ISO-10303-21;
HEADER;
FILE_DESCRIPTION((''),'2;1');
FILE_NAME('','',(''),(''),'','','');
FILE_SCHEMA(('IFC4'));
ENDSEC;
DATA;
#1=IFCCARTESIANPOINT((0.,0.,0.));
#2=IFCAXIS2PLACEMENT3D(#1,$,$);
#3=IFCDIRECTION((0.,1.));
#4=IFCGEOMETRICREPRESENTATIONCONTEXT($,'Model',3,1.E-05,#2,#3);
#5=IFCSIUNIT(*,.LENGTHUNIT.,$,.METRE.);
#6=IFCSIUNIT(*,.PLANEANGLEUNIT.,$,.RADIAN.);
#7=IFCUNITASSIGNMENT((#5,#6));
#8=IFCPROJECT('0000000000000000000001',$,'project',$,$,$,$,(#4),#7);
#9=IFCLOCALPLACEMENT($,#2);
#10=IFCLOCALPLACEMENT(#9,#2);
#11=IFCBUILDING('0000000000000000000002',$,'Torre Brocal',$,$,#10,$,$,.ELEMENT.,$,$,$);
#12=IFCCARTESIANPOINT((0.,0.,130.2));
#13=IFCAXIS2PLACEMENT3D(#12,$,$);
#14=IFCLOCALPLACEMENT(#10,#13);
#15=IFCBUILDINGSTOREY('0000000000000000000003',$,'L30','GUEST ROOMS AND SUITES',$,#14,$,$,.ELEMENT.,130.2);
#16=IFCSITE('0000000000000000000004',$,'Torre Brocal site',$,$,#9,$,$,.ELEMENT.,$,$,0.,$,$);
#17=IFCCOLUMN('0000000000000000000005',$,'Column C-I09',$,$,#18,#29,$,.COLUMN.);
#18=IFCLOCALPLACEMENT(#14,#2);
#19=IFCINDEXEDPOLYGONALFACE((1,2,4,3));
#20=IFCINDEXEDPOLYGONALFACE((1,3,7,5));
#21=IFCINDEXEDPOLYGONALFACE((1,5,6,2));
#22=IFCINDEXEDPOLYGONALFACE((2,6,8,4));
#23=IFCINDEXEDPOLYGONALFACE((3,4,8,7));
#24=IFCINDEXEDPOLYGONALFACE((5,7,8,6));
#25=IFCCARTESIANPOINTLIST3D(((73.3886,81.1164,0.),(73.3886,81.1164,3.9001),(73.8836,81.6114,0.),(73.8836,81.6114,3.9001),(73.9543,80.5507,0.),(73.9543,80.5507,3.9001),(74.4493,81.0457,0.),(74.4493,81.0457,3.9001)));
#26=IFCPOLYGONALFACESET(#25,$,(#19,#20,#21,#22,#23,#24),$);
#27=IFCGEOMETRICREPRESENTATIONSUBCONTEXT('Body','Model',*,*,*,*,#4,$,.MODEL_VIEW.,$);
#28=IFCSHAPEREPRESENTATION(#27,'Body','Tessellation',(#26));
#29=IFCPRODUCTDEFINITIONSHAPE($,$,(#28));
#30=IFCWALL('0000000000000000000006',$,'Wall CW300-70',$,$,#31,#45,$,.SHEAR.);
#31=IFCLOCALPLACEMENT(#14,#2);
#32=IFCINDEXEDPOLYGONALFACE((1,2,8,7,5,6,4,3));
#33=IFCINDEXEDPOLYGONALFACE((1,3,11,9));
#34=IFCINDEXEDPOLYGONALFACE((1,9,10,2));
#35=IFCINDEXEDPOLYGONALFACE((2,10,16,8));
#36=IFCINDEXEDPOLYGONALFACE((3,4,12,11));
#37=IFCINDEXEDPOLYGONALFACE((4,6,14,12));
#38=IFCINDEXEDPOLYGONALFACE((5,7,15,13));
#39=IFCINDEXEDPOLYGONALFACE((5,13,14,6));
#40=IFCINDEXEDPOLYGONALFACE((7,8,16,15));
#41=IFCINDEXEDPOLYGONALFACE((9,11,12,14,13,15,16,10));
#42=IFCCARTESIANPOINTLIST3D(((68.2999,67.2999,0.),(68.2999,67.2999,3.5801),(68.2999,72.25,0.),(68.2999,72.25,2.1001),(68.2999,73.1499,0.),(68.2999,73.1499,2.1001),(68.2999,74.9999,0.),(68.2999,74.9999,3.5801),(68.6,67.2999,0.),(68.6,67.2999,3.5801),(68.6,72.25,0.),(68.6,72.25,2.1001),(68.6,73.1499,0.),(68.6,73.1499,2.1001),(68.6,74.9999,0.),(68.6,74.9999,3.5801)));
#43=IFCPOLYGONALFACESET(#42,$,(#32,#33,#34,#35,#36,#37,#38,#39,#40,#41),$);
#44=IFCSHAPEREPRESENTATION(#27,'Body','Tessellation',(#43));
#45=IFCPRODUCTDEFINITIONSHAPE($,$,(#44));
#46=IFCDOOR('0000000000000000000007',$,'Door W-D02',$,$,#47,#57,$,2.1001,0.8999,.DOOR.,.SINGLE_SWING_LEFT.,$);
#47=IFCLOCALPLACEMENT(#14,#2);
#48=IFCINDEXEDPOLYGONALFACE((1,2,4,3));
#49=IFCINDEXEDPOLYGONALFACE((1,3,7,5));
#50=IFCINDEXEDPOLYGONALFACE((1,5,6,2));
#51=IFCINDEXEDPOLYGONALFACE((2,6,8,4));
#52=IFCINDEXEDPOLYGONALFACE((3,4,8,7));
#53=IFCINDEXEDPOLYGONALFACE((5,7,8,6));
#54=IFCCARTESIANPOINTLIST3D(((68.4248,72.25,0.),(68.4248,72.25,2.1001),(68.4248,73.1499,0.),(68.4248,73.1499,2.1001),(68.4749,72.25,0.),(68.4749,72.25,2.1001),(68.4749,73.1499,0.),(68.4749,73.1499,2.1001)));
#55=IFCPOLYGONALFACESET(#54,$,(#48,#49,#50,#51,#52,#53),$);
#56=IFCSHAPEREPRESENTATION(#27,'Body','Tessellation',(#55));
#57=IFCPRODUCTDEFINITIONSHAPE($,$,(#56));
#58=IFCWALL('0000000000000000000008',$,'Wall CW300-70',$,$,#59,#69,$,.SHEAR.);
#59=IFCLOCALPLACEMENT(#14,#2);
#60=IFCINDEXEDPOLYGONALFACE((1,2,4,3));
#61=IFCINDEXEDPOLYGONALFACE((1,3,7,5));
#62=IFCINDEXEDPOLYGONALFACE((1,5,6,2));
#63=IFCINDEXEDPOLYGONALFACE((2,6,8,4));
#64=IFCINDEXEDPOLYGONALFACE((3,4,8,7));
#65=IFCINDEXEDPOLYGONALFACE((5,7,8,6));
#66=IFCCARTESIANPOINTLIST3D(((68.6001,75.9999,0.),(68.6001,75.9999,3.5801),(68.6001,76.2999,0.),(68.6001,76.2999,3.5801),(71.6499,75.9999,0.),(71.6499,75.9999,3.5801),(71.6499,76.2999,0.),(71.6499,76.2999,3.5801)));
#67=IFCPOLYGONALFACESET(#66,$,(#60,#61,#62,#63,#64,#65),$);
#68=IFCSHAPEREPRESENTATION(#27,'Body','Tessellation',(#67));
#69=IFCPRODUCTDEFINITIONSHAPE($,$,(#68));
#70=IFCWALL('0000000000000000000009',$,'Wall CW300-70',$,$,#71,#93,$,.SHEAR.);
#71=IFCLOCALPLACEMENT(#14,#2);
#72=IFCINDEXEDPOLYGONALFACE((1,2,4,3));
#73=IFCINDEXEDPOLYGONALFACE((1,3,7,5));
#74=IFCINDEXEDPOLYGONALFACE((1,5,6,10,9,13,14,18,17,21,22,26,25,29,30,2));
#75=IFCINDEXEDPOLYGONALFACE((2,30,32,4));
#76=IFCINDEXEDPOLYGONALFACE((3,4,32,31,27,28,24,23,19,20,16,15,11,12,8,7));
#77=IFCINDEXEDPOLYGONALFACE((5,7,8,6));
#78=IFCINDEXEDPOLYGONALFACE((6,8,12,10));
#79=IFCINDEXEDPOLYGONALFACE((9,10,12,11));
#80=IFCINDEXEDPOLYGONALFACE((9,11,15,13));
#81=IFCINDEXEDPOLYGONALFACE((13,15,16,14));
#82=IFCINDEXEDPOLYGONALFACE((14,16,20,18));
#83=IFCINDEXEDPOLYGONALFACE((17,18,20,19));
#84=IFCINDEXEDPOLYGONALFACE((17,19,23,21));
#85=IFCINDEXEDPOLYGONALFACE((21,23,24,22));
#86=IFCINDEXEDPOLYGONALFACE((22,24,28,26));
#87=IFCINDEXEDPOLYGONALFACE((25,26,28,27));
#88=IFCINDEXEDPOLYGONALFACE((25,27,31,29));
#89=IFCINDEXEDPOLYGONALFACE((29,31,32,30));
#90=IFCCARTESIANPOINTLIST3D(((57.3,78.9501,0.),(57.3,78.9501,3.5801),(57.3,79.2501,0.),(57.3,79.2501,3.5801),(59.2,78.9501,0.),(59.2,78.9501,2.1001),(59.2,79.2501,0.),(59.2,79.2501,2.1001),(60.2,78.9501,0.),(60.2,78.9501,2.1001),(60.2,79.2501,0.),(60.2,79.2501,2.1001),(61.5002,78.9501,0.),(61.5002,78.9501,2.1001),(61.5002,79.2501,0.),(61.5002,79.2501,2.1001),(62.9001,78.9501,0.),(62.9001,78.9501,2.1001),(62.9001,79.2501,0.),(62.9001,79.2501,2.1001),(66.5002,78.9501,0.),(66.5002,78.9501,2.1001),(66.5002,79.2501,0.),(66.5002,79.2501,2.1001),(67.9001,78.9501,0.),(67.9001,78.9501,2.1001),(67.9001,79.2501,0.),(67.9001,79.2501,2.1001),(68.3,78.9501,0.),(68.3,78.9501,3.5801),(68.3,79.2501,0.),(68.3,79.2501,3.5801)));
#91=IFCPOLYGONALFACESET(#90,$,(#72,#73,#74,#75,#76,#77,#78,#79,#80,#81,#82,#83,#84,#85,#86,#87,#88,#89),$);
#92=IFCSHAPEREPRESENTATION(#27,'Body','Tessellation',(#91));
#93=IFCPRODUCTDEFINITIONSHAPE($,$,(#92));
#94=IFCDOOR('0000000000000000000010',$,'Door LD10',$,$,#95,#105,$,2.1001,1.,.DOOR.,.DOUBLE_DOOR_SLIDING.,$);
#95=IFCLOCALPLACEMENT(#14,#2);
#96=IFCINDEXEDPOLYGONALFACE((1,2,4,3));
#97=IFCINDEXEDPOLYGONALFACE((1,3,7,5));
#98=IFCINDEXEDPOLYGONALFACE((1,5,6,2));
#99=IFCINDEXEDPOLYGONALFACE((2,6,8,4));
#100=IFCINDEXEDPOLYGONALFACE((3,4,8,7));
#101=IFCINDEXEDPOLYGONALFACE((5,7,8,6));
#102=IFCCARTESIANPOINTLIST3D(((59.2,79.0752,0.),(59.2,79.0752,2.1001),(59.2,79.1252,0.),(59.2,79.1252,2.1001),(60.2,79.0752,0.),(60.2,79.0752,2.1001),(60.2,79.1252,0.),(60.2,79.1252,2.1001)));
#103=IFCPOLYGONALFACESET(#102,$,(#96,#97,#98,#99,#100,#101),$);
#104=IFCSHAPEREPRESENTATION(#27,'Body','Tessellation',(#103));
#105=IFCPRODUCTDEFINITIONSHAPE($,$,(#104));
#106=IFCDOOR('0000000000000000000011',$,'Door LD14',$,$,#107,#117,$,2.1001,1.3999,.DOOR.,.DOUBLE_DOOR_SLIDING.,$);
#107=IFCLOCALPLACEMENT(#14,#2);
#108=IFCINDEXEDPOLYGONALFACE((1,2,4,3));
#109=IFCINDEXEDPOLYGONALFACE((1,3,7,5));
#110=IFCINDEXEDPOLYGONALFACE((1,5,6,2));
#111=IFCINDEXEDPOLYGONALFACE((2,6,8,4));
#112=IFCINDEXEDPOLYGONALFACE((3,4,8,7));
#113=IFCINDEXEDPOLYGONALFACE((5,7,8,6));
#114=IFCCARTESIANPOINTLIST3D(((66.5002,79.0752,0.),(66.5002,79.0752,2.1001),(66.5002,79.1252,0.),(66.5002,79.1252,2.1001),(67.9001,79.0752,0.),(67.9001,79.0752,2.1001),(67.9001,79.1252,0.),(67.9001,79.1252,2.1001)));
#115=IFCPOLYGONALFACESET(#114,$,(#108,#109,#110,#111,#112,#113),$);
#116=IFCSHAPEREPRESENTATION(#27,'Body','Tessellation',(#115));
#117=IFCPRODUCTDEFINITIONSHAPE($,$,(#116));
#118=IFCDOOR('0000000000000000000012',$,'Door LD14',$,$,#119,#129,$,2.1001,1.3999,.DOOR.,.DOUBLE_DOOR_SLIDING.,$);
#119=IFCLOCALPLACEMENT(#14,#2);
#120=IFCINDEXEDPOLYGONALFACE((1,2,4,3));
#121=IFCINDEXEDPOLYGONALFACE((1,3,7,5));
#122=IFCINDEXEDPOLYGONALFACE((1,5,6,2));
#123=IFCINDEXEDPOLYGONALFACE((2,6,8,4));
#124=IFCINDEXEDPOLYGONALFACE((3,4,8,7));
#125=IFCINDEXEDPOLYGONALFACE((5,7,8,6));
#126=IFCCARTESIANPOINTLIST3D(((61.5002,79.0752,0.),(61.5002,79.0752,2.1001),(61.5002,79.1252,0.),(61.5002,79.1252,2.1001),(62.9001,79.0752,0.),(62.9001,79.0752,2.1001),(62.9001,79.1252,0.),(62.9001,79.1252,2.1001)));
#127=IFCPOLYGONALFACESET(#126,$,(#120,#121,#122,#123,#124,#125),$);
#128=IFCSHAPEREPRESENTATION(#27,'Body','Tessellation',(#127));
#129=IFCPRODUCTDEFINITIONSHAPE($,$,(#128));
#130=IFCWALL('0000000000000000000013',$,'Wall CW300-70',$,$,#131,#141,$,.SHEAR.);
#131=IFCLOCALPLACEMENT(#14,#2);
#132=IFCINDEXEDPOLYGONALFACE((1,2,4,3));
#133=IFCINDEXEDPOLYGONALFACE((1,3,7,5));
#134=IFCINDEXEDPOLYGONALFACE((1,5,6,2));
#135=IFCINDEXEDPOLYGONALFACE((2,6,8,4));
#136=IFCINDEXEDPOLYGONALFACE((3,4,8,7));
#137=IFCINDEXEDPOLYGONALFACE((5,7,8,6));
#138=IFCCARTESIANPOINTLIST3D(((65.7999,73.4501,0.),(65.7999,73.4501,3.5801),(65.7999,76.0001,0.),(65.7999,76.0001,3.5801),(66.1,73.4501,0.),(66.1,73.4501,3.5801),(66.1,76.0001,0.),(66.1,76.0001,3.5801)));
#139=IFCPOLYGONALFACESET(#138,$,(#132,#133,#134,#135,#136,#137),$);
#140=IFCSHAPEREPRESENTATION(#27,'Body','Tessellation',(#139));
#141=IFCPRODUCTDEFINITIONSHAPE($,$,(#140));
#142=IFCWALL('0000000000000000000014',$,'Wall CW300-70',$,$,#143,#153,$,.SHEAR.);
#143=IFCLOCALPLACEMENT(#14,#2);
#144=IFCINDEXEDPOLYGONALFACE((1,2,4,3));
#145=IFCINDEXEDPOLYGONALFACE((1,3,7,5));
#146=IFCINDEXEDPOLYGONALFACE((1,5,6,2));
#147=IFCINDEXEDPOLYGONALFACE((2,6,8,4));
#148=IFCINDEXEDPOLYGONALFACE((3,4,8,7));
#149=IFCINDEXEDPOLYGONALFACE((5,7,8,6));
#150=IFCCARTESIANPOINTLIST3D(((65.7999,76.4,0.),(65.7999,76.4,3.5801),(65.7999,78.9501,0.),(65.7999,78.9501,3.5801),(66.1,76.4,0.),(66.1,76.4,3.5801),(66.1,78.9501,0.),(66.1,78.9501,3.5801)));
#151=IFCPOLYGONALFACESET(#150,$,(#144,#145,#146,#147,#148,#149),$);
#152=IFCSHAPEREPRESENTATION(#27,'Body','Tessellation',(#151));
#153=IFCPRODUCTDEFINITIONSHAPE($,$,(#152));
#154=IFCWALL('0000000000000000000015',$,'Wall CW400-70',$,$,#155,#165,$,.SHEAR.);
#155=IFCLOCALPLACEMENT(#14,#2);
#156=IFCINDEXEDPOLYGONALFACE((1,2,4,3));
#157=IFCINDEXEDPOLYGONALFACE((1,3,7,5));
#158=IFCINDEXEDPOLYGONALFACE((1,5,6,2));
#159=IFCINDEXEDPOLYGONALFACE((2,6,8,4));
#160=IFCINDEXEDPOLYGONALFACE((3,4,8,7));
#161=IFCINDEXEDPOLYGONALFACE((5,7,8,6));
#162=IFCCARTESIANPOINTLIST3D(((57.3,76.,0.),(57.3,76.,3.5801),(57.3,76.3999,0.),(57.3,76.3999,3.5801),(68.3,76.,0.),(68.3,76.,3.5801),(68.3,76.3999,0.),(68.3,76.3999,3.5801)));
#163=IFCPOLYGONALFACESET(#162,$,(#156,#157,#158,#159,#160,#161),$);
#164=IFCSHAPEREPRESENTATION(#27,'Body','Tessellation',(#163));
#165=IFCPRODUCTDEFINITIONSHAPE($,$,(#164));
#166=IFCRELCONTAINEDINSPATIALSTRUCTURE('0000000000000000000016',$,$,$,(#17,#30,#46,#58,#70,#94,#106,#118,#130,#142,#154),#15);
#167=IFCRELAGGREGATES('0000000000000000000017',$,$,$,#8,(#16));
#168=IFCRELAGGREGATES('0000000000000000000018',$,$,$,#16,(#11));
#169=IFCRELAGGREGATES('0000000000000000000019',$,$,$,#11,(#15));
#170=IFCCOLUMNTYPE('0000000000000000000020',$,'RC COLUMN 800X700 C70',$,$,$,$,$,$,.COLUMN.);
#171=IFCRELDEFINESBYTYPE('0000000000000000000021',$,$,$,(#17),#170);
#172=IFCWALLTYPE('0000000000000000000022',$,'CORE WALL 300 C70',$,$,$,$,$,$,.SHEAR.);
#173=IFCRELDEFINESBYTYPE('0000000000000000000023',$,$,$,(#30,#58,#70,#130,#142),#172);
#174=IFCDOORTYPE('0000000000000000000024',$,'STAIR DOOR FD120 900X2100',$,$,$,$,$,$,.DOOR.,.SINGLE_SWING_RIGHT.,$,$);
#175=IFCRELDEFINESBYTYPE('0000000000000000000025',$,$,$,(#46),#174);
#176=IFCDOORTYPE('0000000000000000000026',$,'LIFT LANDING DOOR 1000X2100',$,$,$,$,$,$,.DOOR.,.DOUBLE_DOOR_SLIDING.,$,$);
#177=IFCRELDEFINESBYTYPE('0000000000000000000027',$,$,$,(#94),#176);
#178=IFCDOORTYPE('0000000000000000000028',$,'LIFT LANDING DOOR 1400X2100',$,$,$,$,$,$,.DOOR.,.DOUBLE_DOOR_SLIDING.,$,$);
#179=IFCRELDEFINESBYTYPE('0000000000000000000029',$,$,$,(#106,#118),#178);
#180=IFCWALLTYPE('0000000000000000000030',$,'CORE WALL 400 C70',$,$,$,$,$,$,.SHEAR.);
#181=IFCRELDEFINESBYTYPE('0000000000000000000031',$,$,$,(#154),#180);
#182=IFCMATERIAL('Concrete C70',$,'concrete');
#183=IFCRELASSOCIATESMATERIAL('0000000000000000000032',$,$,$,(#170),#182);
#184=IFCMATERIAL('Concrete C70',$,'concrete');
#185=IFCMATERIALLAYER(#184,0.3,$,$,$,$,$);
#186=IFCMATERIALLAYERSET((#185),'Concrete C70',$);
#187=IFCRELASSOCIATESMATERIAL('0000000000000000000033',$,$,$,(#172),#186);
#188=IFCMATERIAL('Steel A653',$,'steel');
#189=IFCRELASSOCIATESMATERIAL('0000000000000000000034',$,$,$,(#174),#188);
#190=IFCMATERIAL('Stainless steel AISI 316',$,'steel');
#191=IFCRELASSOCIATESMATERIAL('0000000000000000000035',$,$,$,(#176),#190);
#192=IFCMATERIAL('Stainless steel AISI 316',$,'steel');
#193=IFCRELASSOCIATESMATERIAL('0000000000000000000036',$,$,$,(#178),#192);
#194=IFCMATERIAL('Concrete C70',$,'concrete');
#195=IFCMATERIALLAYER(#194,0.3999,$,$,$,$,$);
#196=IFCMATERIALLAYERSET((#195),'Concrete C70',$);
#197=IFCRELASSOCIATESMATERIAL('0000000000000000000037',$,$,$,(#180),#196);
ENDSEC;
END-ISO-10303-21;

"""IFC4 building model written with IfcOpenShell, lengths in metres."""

from ifc_helpers import new_model, si_unit, direction, frame, frame_2d, origin, origin_2d, place, context, subcontext, project, spatial, rectangle, extrude, material, layer, layer_set, material_profile, profile_set, type_object, element, fill, save


model = new_model("IFC4")

# Units and contexts
model_context = context("Model", 3, precision=1e-05, world=origin(), true_north=direction((0.0, 1.0)))
body_context = subcontext(model_context, "Body", "Model", "MODEL_VIEW")
ifc_project = project(units=[si_unit("LENGTHUNIT", "METRE"), si_unit("PLANEANGLEUNIT", "RADIAN")], contexts=[model_context])

# Site, building, storey
site_placement = place(None, origin())
site = spatial("IfcSite", under=ifc_project, at=site_placement, Name="Torre Brocal site", CompositionType="ELEMENT", RefElevation=0.0)
building_placement = place(site_placement, origin())
building = spatial("IfcBuilding", under=site, at=building_placement, Name="Torre Brocal", CompositionType="ELEMENT")
storey_placement = place(building_placement, frame((0.0, 0.0, 130.2)))
storey = spatial("IfcBuildingStorey", under=building, at=storey_placement, Name="L30", Description="GUEST ROOMS AND SUITES", CompositionType="ELEMENT", Elevation=130.2)

# Column
ifc_material_1 = material(Name="Concrete C70", Category="concrete")
ifc_material_profile = material_profile(ifc_material_1, rectangle(XDim=0.8, YDim=0.7, at=origin_2d()), Name="RC 800X700")
ifc_profile_set = profile_set([ifc_material_profile], Name="Concrete C70")
column_type = type_object("IfcColumnType", Name="RC COLUMN 800X700 C70", PredefinedType="COLUMN", material=ifc_profile_set)
column_placement = place(storey_placement, frame((73.9189, 81.0811, 0.0), z_axis=(0.0, 0.0, 1.0), x_axis=(-0.707107, 0.707107, 0.0)))
element("IfcColumn", 1, at=column_placement, inside=storey, type_object=column_type, Name="Column C-I09", PredefinedType="COLUMN", context=body_context, shape_type="SweptSolid", body=[
    extrude(rectangle(XDim=0.8, YDim=0.7, at=origin_2d()), origin(), (0.0, 0.0, 1.0), 3.9001),
])

# Wall, opening, door
ifc_material_2 = material(Name="Concrete C70", Category="concrete")
ifc_layer_1 = layer(ifc_material_2, 0.3)
ifc_layer_set_1 = layer_set([ifc_layer_1], Name="Concrete C70")
wall_type_1 = type_object("IfcWallType", Name="CORE WALL 300 C70", PredefinedType="SHEAR", material=ifc_layer_set_1)
wall_1_placement = place(storey_placement, frame((68.45, 75.0, 0.0), z_axis=(0.0, 0.0, 1.0), x_axis=(0.0, -1.0, 0.0)))
wall_1 = element("IfcWall", 2, at=wall_1_placement, inside=storey, type_object=wall_type_1, Name="Wall CW300-70", PredefinedType="SHEAR", context=body_context, shape_type="SweptSolid", body=[
    extrude(rectangle(XDim=7.7, YDim=0.3, at=frame_2d((3.8501, 0.0))), origin(), (0.0, 0.0, 1.0), 3.5801),
])
opening_1_placement = place(wall_1_placement, frame((1.8501, 0.0, 0.0)))
opening_1 = element("IfcOpeningElement", 3, at=opening_1_placement, cuts=wall_1, PredefinedType="OPENING", context=body_context, shape_type="SweptSolid", body=[
    extrude(rectangle(XDim=0.8999, YDim=2.1001, at=frame_2d((0.45, 1.05))), frame((0.0, 0.1599, 0.0), z_axis=(0.0, -1.0, 0.0), x_axis=(1.0, 0.0, 0.0)), (0.0, 0.0, 1.0), 0.3201),
])
ifc_material_3 = material(Name="Steel A653", Category="steel")
door_type_1 = type_object("IfcDoorType", Name="STAIR DOOR FD120 900X2100", OperationType="SINGLE_SWING_RIGHT", PredefinedType="DOOR", material=ifc_material_3)
door_1_placement = place(opening_1_placement, origin())
door_1 = element("IfcDoor", 4, at=door_1_placement, inside=storey, type_object=door_type_1, Name="Door W-D02", OperationType="SINGLE_SWING_LEFT", OverallHeight=2.1001, OverallWidth=0.8999, PredefinedType="DOOR", context=body_context, shape_type="SweptSolid", body=[
    extrude(rectangle(XDim=0.8999, YDim=2.1001, at=frame_2d((0.45, 1.05))), frame((0.0, 0.0249, 0.0), z_axis=(0.0, -1.0, 0.0), x_axis=(1.0, 0.0, 0.0)), (0.0, 0.0, 1.0), 0.05),
])
fill(opening_1, door_1)

# Wall
wall_2_placement = place(storey_placement, frame((71.6499, 76.1499, 0.0), z_axis=(0.0, 0.0, 1.0), x_axis=(-1.0, 0.0, 0.0)))
element("IfcWall", 5, at=wall_2_placement, inside=storey, type_object=wall_type_1, Name="Wall CW300-70", PredefinedType="SHEAR", context=body_context, shape_type="SweptSolid", body=[
    extrude(rectangle(XDim=3.0498, YDim=0.3, at=frame_2d((1.5249, 0.0))), origin(), (0.0, 0.0, 1.0), 3.5801),
])

# Wall, openings, doors
wall_3_placement = place(storey_placement, frame((68.3, 79.1001, 0.0), z_axis=(0.0, 0.0, 1.0), x_axis=(-1.0, 0.0, 0.0)))
wall_3 = element("IfcWall", 6, at=wall_3_placement, inside=storey, type_object=wall_type_1, Name="Wall CW300-70", PredefinedType="SHEAR", context=body_context, shape_type="SweptSolid", body=[
    extrude(rectangle(XDim=11.0, YDim=0.3, at=frame_2d((5.5, 0.0))), origin(), (0.0, 0.0, 1.0), 3.5801),
])
opening_2_placement = place(wall_3_placement, frame((0.3999, 0.0, 0.0)))
opening_2 = element("IfcOpeningElement", 7, at=opening_2_placement, cuts=wall_3, PredefinedType="OPENING", context=body_context, shape_type="SweptSolid", body=[
    extrude(rectangle(XDim=1.3999, YDim=2.1001, at=frame_2d((0.7, 1.05))), frame((0.0, 0.1599, 0.0), z_axis=(0.0, -1.0, 0.0), x_axis=(1.0, 0.0, 0.0)), (0.0, 0.0, 1.0), 0.3201),
])
opening_3_placement = place(wall_3_placement, frame((5.3999, 0.0, 0.0)))
opening_3 = element("IfcOpeningElement", 8, at=opening_3_placement, cuts=wall_3, PredefinedType="OPENING", context=body_context, shape_type="SweptSolid", body=[
    extrude(rectangle(XDim=1.3999, YDim=2.1001, at=frame_2d((0.7, 1.05))), frame((0.0, 0.1599, 0.0), z_axis=(0.0, -1.0, 0.0), x_axis=(1.0, 0.0, 0.0)), (0.0, 0.0, 1.0), 0.3201),
])
opening_4_placement = place(wall_3_placement, frame((8.1001, 0.0, 0.0)))
opening_4 = element("IfcOpeningElement", 9, at=opening_4_placement, cuts=wall_3, PredefinedType="OPENING", context=body_context, shape_type="SweptSolid", body=[
    extrude(rectangle(XDim=1.0, YDim=2.1001, at=frame_2d((0.5, 1.05))), frame((0.0, 0.1599, 0.0), z_axis=(0.0, -1.0, 0.0), x_axis=(1.0, 0.0, 0.0)), (0.0, 0.0, 1.0), 0.3201),
])
ifc_material_4 = material(Name="Stainless steel AISI 316", Category="steel")
door_type_2 = type_object("IfcDoorType", Name="LIFT LANDING DOOR 1000X2100", OperationType="DOUBLE_DOOR_SLIDING", PredefinedType="DOOR", material=ifc_material_4)
door_2_placement = place(opening_4_placement, origin())
door_2 = element("IfcDoor", 10, at=door_2_placement, inside=storey, type_object=door_type_2, Name="Door LD10", OperationType="DOUBLE_DOOR_SLIDING", OverallHeight=2.1001, OverallWidth=1.0, PredefinedType="DOOR", context=body_context, shape_type="SweptSolid", body=[
    extrude(rectangle(XDim=1.0, YDim=2.1001, at=frame_2d((0.5, 1.05))), frame((0.0, 0.0249, 0.0), z_axis=(0.0, -1.0, 0.0), x_axis=(1.0, 0.0, 0.0)), (0.0, 0.0, 1.0), 0.05),
])
fill(opening_4, door_2)
ifc_material_5 = material(Name="Stainless steel AISI 316", Category="steel")
door_type_3 = type_object("IfcDoorType", Name="LIFT LANDING DOOR 1400X2100", OperationType="DOUBLE_DOOR_SLIDING", PredefinedType="DOOR", material=ifc_material_5)
door_3_placement = place(opening_2_placement, origin())
door_3 = element("IfcDoor", 11, at=door_3_placement, inside=storey, type_object=door_type_3, Name="Door LD14", OperationType="DOUBLE_DOOR_SLIDING", OverallHeight=2.1001, OverallWidth=1.3999, PredefinedType="DOOR", context=body_context, shape_type="SweptSolid", body=[
    extrude(rectangle(XDim=1.3999, YDim=2.1001, at=frame_2d((0.7, 1.05))), frame((0.0, 0.0249, 0.0), z_axis=(0.0, -1.0, 0.0), x_axis=(1.0, 0.0, 0.0)), (0.0, 0.0, 1.0), 0.05),
])
fill(opening_2, door_3)
door_4_placement = place(opening_3_placement, origin())
door_4 = element("IfcDoor", 12, at=door_4_placement, inside=storey, type_object=door_type_3, Name="Door LD14", OperationType="DOUBLE_DOOR_SLIDING", OverallHeight=2.1001, OverallWidth=1.3999, PredefinedType="DOOR", context=body_context, shape_type="SweptSolid", body=[
    extrude(rectangle(XDim=1.3999, YDim=2.1001, at=frame_2d((0.7, 1.05))), frame((0.0, 0.0249, 0.0), z_axis=(0.0, -1.0, 0.0), x_axis=(1.0, 0.0, 0.0)), (0.0, 0.0, 1.0), 0.05),
])
fill(opening_3, door_4)

# Walls
for number, where, z_axis, x_axis, name in (
    (13, (65.95, 76.0, 0.0), (0.0, 0.0, 1.0), (0.0, -1.0, 0.0), "Wall CW300-70"),
    (14, (65.95, 78.95, 0.0), (0.0, 0.0, 1.0), (0.0, -1.0, 0.0), "Wall CW300-70"),
):
    element("IfcWall", number, at=place(storey_placement, frame(where, z_axis=z_axis, x_axis=x_axis)), inside=storey, type_object=wall_type_1, Name=name, PredefinedType="SHEAR", context=body_context, shape_type="SweptSolid", body=[
        extrude(rectangle(XDim=2.55, YDim=0.3, at=frame_2d((1.2749, 0.0))), origin(), (0.0, 0.0, 1.0), 3.5801),
    ])
ifc_material_6 = material(Name="Concrete C70", Category="concrete")
ifc_layer_2 = layer(ifc_material_6, 0.3999)
ifc_layer_set_2 = layer_set([ifc_layer_2], Name="Concrete C70")
wall_type_2 = type_object("IfcWallType", Name="CORE WALL 400 C70", PredefinedType="SHEAR", material=ifc_layer_set_2)
wall_4_placement = place(storey_placement, frame((68.3, 76.2, 0.0), z_axis=(0.0, 0.0, 1.0), x_axis=(-1.0, 0.0, 0.0)))
element("IfcWall", 15, at=wall_4_placement, inside=storey, type_object=wall_type_2, Name="Wall CW400-70", PredefinedType="SHEAR", context=body_context, shape_type="SweptSolid", body=[
    extrude(rectangle(XDim=11.0, YDim=0.3999, at=frame_2d((5.5, 0.0))), origin(), (0.0, 0.0, 1.0), 3.5801),
])

save(model, "model.ifc")
